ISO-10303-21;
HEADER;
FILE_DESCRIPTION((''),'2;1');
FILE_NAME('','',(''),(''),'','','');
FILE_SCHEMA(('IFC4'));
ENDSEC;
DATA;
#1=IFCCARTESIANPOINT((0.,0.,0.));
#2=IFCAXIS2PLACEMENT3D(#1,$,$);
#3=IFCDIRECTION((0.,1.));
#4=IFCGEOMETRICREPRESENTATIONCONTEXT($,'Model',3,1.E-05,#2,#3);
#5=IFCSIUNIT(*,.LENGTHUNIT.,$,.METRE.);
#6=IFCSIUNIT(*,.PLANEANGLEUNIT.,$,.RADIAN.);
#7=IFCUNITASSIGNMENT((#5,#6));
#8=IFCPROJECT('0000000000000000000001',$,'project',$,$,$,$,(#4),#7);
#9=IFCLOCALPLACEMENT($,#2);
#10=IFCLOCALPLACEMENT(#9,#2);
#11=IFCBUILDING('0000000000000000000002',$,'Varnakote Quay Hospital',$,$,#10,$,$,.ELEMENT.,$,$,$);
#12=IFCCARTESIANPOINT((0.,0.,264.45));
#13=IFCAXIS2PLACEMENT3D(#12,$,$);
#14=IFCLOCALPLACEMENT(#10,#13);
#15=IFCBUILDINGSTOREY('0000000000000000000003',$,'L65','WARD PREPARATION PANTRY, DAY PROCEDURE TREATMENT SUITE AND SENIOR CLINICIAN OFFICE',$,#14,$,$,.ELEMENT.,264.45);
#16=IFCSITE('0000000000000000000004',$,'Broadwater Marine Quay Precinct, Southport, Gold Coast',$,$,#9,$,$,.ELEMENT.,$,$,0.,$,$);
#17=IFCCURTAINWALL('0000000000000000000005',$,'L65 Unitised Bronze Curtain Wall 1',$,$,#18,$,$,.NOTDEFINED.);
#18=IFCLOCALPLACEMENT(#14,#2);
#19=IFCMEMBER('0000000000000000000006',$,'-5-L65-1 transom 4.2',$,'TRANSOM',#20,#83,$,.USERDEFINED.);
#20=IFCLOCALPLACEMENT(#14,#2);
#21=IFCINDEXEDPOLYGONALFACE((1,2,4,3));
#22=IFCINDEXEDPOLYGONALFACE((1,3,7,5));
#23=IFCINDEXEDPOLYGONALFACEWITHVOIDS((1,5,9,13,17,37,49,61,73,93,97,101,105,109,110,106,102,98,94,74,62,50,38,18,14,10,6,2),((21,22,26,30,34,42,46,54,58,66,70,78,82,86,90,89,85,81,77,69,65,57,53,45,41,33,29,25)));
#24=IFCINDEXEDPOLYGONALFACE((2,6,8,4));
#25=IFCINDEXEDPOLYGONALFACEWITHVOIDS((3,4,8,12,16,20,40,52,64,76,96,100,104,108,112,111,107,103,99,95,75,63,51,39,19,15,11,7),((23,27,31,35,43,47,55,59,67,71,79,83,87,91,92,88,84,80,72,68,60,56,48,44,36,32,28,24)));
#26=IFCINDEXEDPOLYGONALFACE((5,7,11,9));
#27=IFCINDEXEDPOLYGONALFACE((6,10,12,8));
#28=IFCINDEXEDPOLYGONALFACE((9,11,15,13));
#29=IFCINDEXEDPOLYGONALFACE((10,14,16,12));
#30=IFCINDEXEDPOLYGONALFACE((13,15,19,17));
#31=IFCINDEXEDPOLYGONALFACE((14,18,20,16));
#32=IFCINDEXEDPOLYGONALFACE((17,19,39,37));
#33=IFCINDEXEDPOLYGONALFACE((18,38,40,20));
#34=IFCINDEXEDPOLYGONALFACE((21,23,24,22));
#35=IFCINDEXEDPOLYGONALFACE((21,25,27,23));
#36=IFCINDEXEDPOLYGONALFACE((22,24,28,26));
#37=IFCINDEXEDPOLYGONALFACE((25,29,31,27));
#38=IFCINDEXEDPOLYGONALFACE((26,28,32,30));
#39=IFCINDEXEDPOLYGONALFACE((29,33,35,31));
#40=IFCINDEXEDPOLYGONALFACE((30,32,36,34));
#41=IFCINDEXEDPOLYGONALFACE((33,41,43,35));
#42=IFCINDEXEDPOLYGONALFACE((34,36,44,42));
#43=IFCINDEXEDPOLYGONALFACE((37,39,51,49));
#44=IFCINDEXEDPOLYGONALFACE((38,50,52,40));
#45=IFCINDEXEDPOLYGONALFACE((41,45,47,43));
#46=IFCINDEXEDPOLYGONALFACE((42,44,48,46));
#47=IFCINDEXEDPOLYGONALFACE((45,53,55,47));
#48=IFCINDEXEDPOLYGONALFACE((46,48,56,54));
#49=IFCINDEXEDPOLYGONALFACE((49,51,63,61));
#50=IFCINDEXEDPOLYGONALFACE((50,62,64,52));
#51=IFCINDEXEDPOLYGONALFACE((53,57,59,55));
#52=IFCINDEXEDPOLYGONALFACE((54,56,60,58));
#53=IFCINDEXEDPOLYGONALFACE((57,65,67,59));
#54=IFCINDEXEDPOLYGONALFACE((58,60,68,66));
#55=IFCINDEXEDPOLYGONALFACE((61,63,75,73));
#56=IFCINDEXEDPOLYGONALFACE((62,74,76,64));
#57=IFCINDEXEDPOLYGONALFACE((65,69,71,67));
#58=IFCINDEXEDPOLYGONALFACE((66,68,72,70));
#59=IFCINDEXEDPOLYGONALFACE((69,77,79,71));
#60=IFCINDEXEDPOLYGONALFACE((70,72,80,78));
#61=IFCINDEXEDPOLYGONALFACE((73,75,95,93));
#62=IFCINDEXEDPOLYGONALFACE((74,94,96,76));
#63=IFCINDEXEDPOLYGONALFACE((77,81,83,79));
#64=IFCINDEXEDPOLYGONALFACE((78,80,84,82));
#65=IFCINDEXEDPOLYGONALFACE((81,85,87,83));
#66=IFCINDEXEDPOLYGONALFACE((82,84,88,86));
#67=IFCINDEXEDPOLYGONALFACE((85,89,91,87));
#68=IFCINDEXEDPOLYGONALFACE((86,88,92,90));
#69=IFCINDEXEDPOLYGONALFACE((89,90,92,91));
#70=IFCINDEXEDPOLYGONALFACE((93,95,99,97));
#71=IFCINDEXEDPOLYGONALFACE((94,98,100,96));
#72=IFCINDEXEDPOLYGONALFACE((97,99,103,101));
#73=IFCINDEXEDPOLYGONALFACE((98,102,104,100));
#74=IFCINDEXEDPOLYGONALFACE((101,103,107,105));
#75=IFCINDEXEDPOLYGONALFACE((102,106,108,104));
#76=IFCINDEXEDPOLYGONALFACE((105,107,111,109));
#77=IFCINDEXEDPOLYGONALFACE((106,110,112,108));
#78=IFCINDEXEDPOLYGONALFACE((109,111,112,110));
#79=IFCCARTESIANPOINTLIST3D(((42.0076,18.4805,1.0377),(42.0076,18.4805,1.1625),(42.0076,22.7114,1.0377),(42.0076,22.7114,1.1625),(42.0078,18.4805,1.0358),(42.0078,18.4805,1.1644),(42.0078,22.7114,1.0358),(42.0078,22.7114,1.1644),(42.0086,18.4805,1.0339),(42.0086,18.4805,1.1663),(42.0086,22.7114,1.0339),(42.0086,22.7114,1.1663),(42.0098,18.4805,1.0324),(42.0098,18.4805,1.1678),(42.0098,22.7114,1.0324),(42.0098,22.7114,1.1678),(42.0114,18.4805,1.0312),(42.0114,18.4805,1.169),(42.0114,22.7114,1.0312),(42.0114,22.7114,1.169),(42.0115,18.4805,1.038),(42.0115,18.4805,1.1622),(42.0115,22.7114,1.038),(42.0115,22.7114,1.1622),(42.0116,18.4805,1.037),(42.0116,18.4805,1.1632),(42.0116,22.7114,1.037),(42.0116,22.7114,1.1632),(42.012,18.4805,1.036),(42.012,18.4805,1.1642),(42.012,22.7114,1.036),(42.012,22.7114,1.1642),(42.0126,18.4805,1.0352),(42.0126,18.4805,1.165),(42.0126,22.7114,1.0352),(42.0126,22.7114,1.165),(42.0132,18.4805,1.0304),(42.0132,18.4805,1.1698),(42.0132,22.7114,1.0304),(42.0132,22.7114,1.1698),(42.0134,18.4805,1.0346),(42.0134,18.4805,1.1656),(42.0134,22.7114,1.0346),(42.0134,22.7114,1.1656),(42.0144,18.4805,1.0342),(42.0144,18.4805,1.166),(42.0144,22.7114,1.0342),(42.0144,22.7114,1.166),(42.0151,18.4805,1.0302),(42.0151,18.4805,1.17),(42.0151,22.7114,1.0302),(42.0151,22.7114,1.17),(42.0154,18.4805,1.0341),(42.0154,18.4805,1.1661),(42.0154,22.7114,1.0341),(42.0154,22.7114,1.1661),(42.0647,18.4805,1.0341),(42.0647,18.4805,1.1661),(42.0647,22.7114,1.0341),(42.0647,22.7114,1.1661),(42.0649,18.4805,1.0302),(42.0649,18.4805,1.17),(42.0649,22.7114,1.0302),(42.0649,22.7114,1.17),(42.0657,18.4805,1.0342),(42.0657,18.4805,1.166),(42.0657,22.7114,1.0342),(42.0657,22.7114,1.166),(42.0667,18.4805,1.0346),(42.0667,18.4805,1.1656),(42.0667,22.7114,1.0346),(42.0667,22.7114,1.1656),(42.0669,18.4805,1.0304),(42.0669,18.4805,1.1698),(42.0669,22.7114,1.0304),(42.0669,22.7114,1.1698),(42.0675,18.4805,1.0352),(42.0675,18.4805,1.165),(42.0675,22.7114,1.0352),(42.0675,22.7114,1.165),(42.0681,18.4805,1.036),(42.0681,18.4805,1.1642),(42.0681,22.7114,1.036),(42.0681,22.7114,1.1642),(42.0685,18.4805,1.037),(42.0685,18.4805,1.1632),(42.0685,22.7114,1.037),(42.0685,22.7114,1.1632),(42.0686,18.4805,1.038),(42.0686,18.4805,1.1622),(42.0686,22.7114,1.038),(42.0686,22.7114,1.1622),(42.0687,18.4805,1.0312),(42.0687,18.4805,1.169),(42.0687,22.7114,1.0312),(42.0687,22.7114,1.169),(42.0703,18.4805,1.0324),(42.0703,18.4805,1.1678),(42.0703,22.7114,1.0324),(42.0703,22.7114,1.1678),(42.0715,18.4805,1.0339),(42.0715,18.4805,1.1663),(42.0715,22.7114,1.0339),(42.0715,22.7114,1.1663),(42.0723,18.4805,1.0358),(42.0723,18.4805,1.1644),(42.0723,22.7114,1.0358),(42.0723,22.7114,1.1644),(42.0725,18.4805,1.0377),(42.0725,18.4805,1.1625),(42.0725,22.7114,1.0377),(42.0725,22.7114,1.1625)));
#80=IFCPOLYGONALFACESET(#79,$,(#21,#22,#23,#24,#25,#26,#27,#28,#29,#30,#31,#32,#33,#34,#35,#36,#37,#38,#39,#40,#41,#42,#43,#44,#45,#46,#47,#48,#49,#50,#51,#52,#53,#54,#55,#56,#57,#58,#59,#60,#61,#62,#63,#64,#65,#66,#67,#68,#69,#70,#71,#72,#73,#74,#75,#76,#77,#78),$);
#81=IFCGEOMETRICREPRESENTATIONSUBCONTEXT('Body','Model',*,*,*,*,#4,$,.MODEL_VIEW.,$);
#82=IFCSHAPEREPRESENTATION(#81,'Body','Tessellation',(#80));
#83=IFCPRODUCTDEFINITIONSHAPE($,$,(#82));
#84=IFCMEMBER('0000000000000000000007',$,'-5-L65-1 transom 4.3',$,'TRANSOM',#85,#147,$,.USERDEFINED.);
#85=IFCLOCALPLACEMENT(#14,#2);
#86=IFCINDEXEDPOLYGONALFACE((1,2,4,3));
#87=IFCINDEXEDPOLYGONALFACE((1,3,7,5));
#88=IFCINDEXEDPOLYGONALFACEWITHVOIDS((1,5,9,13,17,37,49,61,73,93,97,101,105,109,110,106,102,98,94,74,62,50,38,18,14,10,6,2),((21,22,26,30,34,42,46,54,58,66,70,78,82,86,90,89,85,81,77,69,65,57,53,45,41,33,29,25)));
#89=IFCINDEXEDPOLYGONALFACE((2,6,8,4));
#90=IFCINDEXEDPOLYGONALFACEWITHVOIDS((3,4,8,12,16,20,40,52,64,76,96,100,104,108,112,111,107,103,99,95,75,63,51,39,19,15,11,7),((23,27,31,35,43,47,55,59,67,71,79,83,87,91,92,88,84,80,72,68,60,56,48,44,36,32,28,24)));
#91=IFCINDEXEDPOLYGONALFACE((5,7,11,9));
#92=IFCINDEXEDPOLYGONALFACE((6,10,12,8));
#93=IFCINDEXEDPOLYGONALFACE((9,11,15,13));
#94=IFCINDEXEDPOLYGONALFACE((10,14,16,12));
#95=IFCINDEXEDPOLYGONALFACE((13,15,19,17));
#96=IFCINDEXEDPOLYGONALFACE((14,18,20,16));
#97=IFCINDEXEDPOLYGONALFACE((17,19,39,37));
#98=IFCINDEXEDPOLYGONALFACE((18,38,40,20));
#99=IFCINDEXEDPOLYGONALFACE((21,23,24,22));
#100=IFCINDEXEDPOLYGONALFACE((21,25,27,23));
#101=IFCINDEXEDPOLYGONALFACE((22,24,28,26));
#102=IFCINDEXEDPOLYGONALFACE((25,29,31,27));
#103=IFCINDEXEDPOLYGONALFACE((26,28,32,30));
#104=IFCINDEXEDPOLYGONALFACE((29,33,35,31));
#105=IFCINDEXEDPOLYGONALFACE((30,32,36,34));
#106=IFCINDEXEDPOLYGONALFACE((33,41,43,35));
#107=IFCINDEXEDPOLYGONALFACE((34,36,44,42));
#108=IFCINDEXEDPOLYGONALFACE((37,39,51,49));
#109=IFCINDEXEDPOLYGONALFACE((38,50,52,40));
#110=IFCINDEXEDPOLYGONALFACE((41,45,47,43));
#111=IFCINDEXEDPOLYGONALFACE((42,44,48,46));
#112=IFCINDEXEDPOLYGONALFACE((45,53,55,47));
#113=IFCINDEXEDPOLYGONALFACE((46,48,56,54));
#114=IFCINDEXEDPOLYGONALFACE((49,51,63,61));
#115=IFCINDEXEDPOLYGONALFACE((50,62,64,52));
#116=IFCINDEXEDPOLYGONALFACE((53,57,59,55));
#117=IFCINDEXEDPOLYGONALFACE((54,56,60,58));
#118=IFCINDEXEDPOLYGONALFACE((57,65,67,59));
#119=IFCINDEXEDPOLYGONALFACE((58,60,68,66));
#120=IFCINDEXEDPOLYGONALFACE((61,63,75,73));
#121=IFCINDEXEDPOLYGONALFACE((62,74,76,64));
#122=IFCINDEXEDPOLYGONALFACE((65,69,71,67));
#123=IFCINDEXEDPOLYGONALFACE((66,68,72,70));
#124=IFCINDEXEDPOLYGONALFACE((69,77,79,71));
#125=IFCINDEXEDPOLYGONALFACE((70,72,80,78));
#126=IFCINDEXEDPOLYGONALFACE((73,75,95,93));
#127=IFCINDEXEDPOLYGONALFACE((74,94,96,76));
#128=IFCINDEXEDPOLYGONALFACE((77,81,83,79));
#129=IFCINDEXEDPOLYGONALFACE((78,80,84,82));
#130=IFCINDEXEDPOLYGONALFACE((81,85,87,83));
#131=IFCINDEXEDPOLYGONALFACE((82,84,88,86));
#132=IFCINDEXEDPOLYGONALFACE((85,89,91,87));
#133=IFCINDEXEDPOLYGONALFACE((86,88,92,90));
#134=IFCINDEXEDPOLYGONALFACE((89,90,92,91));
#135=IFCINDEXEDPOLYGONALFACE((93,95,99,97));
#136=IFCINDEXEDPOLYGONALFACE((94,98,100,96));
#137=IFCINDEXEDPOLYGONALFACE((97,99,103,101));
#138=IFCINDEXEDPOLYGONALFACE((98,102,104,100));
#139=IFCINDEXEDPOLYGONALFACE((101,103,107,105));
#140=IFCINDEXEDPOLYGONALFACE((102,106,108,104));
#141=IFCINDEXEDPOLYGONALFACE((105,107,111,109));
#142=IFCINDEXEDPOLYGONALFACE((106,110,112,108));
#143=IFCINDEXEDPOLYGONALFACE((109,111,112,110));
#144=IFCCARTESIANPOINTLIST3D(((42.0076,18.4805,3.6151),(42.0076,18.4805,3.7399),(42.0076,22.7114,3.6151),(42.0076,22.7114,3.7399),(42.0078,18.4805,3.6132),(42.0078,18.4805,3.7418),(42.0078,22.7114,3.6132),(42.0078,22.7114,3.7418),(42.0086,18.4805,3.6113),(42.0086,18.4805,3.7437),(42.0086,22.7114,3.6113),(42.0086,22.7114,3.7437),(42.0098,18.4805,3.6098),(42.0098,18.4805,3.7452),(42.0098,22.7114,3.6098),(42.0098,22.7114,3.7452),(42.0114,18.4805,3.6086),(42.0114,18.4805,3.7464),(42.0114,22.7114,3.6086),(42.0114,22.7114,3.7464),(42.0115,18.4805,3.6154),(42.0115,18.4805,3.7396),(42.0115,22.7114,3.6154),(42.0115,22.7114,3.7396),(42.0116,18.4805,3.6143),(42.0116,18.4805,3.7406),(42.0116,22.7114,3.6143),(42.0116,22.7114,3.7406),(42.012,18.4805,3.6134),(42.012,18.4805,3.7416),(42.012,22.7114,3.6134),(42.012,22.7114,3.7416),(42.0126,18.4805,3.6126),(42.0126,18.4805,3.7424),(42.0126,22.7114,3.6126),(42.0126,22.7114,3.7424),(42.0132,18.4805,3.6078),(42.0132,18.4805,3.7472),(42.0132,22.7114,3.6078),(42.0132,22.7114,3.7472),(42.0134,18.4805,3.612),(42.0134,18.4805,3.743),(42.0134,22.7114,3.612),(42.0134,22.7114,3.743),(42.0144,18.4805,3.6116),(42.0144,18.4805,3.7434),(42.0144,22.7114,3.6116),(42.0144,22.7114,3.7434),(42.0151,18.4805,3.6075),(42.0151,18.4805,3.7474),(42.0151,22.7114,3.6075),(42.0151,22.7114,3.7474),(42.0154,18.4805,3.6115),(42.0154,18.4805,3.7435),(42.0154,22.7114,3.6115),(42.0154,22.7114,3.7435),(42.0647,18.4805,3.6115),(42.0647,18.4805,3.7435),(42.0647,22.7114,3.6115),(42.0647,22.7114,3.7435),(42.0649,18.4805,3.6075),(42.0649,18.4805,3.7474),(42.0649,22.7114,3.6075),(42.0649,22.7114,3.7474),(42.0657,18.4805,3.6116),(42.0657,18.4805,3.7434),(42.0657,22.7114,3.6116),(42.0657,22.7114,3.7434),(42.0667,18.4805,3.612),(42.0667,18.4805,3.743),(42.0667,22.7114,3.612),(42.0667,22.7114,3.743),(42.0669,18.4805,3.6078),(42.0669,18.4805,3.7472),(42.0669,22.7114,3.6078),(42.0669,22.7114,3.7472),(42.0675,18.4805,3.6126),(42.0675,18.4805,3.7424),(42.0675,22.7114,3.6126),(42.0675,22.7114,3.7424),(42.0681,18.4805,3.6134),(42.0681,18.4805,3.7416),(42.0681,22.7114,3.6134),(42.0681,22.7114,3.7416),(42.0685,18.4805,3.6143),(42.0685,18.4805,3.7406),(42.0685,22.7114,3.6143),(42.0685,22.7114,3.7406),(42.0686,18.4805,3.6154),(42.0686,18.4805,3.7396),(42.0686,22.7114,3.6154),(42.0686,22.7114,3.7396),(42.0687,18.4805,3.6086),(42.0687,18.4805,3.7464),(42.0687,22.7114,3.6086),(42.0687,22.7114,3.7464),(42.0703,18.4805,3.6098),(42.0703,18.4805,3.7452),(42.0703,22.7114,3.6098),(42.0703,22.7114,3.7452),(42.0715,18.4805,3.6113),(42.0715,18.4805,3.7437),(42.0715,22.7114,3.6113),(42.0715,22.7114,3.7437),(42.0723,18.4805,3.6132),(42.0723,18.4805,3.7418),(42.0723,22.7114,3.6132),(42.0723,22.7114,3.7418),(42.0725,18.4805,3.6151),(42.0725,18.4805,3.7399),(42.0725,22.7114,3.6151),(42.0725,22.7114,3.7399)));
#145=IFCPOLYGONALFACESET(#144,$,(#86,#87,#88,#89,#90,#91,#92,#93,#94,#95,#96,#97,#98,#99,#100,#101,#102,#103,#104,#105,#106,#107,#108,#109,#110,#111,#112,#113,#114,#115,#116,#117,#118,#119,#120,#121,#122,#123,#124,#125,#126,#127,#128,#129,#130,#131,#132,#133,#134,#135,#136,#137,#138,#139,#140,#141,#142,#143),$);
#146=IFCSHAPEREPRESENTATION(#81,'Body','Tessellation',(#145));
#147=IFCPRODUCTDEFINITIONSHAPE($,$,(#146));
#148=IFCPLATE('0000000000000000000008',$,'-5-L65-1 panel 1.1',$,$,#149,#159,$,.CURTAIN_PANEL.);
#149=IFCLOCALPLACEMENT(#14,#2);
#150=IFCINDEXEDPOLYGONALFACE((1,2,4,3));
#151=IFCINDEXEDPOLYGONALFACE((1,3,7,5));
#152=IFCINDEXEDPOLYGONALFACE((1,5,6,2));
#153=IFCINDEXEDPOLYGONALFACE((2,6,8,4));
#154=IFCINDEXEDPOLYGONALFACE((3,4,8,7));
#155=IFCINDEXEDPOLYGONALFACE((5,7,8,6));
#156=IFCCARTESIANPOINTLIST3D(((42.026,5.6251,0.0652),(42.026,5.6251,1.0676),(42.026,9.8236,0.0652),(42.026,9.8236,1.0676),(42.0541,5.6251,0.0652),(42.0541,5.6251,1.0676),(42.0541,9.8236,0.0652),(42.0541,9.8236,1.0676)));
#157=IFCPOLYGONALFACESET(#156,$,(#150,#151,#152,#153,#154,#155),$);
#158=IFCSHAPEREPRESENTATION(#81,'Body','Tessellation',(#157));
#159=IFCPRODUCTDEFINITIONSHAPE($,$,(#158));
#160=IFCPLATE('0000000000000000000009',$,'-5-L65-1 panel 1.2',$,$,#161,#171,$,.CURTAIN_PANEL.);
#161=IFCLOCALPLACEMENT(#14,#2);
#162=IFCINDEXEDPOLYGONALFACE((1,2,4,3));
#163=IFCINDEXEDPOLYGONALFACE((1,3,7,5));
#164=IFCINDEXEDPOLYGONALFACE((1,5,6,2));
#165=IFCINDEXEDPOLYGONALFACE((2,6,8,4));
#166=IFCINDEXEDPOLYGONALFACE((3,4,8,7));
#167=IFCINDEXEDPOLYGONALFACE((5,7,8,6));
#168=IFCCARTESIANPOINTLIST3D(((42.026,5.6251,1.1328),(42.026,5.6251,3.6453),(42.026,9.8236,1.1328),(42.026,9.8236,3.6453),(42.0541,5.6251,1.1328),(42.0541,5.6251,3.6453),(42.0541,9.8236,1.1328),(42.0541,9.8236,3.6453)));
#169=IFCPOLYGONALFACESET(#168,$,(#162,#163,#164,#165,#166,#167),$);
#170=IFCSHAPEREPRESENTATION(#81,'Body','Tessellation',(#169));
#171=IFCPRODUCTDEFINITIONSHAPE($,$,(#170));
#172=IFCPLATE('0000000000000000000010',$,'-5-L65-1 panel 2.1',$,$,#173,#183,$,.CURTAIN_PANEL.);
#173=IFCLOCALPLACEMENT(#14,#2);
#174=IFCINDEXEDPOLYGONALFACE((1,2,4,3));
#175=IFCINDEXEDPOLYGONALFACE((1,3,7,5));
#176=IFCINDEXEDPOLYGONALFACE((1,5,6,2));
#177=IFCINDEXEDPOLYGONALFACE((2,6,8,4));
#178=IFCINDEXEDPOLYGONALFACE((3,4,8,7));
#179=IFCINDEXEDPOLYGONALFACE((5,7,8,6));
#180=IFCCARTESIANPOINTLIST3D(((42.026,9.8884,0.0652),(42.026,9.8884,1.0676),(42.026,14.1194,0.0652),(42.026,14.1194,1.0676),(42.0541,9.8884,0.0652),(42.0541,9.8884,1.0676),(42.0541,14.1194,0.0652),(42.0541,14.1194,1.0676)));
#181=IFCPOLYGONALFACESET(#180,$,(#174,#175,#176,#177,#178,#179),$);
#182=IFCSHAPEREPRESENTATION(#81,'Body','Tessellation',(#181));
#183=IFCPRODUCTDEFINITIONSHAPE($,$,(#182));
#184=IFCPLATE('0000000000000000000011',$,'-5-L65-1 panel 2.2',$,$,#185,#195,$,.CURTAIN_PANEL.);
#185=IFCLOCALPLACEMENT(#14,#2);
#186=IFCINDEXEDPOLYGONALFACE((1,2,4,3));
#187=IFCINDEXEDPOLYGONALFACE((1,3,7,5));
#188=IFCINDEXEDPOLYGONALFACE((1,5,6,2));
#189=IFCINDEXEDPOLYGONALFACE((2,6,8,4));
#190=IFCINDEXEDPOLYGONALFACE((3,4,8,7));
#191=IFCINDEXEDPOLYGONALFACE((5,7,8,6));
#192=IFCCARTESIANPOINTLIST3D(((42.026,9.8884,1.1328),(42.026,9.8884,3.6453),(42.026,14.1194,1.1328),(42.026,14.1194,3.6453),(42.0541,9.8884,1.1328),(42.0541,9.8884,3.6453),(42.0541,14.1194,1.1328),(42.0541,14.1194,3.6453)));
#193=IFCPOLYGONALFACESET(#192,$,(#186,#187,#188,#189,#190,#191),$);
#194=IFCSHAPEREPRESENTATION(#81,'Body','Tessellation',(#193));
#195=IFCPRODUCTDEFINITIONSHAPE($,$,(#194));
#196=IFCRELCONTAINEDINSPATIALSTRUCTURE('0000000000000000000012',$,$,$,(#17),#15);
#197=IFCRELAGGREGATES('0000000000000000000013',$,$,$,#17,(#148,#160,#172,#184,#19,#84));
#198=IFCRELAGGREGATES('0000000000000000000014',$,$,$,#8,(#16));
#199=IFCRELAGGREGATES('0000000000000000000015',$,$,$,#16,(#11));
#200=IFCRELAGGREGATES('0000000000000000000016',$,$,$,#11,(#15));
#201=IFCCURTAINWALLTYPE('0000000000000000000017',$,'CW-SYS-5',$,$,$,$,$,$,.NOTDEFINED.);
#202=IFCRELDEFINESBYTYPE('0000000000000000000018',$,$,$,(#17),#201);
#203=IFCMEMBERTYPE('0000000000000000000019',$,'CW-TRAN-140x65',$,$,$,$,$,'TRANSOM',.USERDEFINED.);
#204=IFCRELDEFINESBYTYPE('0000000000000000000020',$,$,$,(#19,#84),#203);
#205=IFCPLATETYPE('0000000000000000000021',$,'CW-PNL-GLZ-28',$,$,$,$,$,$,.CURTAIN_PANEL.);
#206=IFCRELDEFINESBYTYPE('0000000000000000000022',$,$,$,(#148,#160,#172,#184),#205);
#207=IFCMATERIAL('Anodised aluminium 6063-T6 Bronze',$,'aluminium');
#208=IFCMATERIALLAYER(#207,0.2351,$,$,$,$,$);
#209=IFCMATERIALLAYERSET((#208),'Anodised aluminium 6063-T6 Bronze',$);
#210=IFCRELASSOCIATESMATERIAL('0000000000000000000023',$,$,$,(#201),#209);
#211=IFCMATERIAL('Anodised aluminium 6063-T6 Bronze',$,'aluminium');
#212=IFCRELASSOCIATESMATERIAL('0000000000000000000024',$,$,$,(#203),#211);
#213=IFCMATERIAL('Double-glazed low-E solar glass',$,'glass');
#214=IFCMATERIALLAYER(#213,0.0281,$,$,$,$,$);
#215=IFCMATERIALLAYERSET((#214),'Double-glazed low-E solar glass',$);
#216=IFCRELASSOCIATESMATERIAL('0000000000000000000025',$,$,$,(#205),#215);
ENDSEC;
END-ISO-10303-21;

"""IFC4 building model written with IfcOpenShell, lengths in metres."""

from ifc_helpers import new_model, si_unit, direction, frame, origin, origin_2d, place, context, subcontext, project, spatial, rectangle, hollow_rectangle, extrude, material, layer, layer_set, material_profile, profile_set, type_object, element, aggregate, save


model = new_model("IFC4")

# Units and contexts
model_context = context("Model", 3, precision=1e-05, world=origin(), true_north=direction((0.0, 1.0)))
body_context = subcontext(model_context, "Body", "Model", "MODEL_VIEW")
ifc_project = project(units=[si_unit("LENGTHUNIT", "METRE"), si_unit("PLANEANGLEUNIT", "RADIAN")], contexts=[model_context])

# Site, building, storey
site_placement = place(None, origin())
site = spatial("IfcSite", under=ifc_project, at=site_placement, Name="Broadwater Marine Quay Precinct, Southport, Gold Coast", CompositionType="ELEMENT", RefElevation=0.0)
building_placement = place(site_placement, origin())
building = spatial("IfcBuilding", under=site, at=building_placement, Name="Varnakote Quay Hospital", CompositionType="ELEMENT")
storey_placement = place(building_placement, frame((0.0, 0.0, 264.45)))
storey = spatial("IfcBuildingStorey", under=building, at=storey_placement, Name="L65", Description="WARD PREPARATION PANTRY, DAY PROCEDURE TREATMENT SUITE AND SENIOR CLINICIAN OFFICE", CompositionType="ELEMENT", Elevation=264.45)

# Curtain wall, members, plates
ifc_material_1 = material(Name="Anodised aluminium 6063-T6 Bronze", Category="aluminium")
ifc_layer_1 = layer(ifc_material_1, 0.2351)
ifc_layer_set_1 = layer_set([ifc_layer_1], Name="Anodised aluminium 6063-T6 Bronze")
curtain_wall_type = type_object("IfcCurtainWallType", Name="CW-SYS-5", PredefinedType="NOTDEFINED", material=ifc_layer_set_1)
curtain_wall_placement = place(storey_placement, origin())
curtain_wall = element("IfcCurtainWall", 1, at=curtain_wall_placement, inside=storey, type_object=curtain_wall_type, Name="L65 Unitised Bronze Curtain Wall 1", PredefinedType="NOTDEFINED")
ifc_material_2 = material(Name="Anodised aluminium 6063-T6 Bronze", Category="aluminium")
ifc_material_profile_1 = material_profile(ifc_material_2, hollow_rectangle(XDim=0.0649, YDim=0.1399, WallThickness=0.0039, InnerFilletRadius=0.0039, OuterFilletRadius=0.0076, at=origin_2d()), Name="CW-TRAN-140x65")
ifc_profile_set_1 = profile_set([ifc_material_profile_1], Name="Anodised aluminium 6063-T6 Bronze")
member_type_1 = type_object("IfcMemberType", Name="CW-TRAN-140x65", ElementType="TRANSOM", PredefinedType="USERDEFINED", material=ifc_profile_set_1)
member_1_placement = place(storey_placement, frame((42.04, 18.4805, 1.1001), z_axis=(0.0, 1.0, 0.0), x_axis=(-1.0, 0.0, 0.0)))
member_1 = element("IfcMember", 2, at=member_1_placement, type_object=member_type_1, Name="-5-L65-1 transom 4.2", ObjectType="TRANSOM", PredefinedType="USERDEFINED", context=body_context, shape_type="SweptSolid", body=[
    extrude(hollow_rectangle(XDim=0.0649, YDim=0.1399, WallThickness=0.0039, InnerFilletRadius=0.0039, OuterFilletRadius=0.0076, at=origin_2d()), origin(), (0.0, 0.0, 1.0), 4.231),
])
member_2_placement = place(storey_placement, frame((42.04, 18.4805, 3.6775), z_axis=(0.0, 1.0, 0.0), x_axis=(-1.0, 0.0, 0.0)))
member_2 = element("IfcMember", 3, at=member_2_placement, type_object=member_type_1, Name="-5-L65-1 transom 4.3", ObjectType="TRANSOM", PredefinedType="USERDEFINED", context=body_context, shape_type="SweptSolid", body=[
    extrude(hollow_rectangle(XDim=0.0649, YDim=0.1399, WallThickness=0.0039, InnerFilletRadius=0.0039, OuterFilletRadius=0.0076, at=origin_2d()), origin(), (0.0, 0.0, 1.0), 4.231),
])
ifc_material_3 = material(Name="Double-glazed low-E solar glass", Category="glass")
ifc_layer_2 = layer(ifc_material_3, 0.0281)
ifc_layer_set_2 = layer_set([ifc_layer_2], Name="Double-glazed low-E solar glass")
plate_type = type_object("IfcPlateType", Name="CW-PNL-GLZ-28", PredefinedType="CURTAIN_PANEL", material=ifc_layer_set_2)
plate_1_placement = place(storey_placement, frame((42.04, 7.7244, 0.0652), z_axis=(0.0, 0.0, 1.0), x_axis=(0.0, 1.0, 0.0)))
plate_1 = element("IfcPlate", 4, at=plate_1_placement, type_object=plate_type, Name="-5-L65-1 panel 1.1", PredefinedType="CURTAIN_PANEL", context=body_context, shape_type="SweptSolid", body=[
    extrude(rectangle(XDim=4.1985, YDim=0.0281, at=origin_2d()), origin(), (0.0, 0.0, 1.0), 1.0024),
])
plate_2_placement = place(storey_placement, frame((42.04, 7.7244, 1.1328), z_axis=(0.0, 0.0, 1.0), x_axis=(0.0, 1.0, 0.0)))
plate_2 = element("IfcPlate", 5, at=plate_2_placement, type_object=plate_type, Name="-5-L65-1 panel 1.2", PredefinedType="CURTAIN_PANEL", context=body_context, shape_type="SweptSolid", body=[
    extrude(rectangle(XDim=4.1985, YDim=0.0281, at=origin_2d()), origin(), (0.0, 0.0, 1.0), 2.5125),
])
plate_3_placement = place(storey_placement, frame((42.04, 12.0039, 0.0652), z_axis=(0.0, 0.0, 1.0), x_axis=(0.0, 1.0, 0.0)))
plate_3 = element("IfcPlate", 6, at=plate_3_placement, type_object=plate_type, Name="-5-L65-1 panel 2.1", PredefinedType="CURTAIN_PANEL", context=body_context, shape_type="SweptSolid", body=[
    extrude(rectangle(XDim=4.231, YDim=0.0281, at=origin_2d()), origin(), (0.0, 0.0, 1.0), 1.0024),
])
plate_4_placement = place(storey_placement, frame((42.04, 12.0039, 1.1328), z_axis=(0.0, 0.0, 1.0), x_axis=(0.0, 1.0, 0.0)))
plate_4 = element("IfcPlate", 7, at=plate_4_placement, type_object=plate_type, Name="-5-L65-1 panel 2.2", PredefinedType="CURTAIN_PANEL", context=body_context, shape_type="SweptSolid", body=[
    extrude(rectangle(XDim=4.231, YDim=0.0281, at=origin_2d()), origin(), (0.0, 0.0, 1.0), 2.5125),
])
aggregate(curtain_wall, [plate_1, plate_2, plate_3, plate_4, member_1, member_2])

save(model, "model.ifc")
